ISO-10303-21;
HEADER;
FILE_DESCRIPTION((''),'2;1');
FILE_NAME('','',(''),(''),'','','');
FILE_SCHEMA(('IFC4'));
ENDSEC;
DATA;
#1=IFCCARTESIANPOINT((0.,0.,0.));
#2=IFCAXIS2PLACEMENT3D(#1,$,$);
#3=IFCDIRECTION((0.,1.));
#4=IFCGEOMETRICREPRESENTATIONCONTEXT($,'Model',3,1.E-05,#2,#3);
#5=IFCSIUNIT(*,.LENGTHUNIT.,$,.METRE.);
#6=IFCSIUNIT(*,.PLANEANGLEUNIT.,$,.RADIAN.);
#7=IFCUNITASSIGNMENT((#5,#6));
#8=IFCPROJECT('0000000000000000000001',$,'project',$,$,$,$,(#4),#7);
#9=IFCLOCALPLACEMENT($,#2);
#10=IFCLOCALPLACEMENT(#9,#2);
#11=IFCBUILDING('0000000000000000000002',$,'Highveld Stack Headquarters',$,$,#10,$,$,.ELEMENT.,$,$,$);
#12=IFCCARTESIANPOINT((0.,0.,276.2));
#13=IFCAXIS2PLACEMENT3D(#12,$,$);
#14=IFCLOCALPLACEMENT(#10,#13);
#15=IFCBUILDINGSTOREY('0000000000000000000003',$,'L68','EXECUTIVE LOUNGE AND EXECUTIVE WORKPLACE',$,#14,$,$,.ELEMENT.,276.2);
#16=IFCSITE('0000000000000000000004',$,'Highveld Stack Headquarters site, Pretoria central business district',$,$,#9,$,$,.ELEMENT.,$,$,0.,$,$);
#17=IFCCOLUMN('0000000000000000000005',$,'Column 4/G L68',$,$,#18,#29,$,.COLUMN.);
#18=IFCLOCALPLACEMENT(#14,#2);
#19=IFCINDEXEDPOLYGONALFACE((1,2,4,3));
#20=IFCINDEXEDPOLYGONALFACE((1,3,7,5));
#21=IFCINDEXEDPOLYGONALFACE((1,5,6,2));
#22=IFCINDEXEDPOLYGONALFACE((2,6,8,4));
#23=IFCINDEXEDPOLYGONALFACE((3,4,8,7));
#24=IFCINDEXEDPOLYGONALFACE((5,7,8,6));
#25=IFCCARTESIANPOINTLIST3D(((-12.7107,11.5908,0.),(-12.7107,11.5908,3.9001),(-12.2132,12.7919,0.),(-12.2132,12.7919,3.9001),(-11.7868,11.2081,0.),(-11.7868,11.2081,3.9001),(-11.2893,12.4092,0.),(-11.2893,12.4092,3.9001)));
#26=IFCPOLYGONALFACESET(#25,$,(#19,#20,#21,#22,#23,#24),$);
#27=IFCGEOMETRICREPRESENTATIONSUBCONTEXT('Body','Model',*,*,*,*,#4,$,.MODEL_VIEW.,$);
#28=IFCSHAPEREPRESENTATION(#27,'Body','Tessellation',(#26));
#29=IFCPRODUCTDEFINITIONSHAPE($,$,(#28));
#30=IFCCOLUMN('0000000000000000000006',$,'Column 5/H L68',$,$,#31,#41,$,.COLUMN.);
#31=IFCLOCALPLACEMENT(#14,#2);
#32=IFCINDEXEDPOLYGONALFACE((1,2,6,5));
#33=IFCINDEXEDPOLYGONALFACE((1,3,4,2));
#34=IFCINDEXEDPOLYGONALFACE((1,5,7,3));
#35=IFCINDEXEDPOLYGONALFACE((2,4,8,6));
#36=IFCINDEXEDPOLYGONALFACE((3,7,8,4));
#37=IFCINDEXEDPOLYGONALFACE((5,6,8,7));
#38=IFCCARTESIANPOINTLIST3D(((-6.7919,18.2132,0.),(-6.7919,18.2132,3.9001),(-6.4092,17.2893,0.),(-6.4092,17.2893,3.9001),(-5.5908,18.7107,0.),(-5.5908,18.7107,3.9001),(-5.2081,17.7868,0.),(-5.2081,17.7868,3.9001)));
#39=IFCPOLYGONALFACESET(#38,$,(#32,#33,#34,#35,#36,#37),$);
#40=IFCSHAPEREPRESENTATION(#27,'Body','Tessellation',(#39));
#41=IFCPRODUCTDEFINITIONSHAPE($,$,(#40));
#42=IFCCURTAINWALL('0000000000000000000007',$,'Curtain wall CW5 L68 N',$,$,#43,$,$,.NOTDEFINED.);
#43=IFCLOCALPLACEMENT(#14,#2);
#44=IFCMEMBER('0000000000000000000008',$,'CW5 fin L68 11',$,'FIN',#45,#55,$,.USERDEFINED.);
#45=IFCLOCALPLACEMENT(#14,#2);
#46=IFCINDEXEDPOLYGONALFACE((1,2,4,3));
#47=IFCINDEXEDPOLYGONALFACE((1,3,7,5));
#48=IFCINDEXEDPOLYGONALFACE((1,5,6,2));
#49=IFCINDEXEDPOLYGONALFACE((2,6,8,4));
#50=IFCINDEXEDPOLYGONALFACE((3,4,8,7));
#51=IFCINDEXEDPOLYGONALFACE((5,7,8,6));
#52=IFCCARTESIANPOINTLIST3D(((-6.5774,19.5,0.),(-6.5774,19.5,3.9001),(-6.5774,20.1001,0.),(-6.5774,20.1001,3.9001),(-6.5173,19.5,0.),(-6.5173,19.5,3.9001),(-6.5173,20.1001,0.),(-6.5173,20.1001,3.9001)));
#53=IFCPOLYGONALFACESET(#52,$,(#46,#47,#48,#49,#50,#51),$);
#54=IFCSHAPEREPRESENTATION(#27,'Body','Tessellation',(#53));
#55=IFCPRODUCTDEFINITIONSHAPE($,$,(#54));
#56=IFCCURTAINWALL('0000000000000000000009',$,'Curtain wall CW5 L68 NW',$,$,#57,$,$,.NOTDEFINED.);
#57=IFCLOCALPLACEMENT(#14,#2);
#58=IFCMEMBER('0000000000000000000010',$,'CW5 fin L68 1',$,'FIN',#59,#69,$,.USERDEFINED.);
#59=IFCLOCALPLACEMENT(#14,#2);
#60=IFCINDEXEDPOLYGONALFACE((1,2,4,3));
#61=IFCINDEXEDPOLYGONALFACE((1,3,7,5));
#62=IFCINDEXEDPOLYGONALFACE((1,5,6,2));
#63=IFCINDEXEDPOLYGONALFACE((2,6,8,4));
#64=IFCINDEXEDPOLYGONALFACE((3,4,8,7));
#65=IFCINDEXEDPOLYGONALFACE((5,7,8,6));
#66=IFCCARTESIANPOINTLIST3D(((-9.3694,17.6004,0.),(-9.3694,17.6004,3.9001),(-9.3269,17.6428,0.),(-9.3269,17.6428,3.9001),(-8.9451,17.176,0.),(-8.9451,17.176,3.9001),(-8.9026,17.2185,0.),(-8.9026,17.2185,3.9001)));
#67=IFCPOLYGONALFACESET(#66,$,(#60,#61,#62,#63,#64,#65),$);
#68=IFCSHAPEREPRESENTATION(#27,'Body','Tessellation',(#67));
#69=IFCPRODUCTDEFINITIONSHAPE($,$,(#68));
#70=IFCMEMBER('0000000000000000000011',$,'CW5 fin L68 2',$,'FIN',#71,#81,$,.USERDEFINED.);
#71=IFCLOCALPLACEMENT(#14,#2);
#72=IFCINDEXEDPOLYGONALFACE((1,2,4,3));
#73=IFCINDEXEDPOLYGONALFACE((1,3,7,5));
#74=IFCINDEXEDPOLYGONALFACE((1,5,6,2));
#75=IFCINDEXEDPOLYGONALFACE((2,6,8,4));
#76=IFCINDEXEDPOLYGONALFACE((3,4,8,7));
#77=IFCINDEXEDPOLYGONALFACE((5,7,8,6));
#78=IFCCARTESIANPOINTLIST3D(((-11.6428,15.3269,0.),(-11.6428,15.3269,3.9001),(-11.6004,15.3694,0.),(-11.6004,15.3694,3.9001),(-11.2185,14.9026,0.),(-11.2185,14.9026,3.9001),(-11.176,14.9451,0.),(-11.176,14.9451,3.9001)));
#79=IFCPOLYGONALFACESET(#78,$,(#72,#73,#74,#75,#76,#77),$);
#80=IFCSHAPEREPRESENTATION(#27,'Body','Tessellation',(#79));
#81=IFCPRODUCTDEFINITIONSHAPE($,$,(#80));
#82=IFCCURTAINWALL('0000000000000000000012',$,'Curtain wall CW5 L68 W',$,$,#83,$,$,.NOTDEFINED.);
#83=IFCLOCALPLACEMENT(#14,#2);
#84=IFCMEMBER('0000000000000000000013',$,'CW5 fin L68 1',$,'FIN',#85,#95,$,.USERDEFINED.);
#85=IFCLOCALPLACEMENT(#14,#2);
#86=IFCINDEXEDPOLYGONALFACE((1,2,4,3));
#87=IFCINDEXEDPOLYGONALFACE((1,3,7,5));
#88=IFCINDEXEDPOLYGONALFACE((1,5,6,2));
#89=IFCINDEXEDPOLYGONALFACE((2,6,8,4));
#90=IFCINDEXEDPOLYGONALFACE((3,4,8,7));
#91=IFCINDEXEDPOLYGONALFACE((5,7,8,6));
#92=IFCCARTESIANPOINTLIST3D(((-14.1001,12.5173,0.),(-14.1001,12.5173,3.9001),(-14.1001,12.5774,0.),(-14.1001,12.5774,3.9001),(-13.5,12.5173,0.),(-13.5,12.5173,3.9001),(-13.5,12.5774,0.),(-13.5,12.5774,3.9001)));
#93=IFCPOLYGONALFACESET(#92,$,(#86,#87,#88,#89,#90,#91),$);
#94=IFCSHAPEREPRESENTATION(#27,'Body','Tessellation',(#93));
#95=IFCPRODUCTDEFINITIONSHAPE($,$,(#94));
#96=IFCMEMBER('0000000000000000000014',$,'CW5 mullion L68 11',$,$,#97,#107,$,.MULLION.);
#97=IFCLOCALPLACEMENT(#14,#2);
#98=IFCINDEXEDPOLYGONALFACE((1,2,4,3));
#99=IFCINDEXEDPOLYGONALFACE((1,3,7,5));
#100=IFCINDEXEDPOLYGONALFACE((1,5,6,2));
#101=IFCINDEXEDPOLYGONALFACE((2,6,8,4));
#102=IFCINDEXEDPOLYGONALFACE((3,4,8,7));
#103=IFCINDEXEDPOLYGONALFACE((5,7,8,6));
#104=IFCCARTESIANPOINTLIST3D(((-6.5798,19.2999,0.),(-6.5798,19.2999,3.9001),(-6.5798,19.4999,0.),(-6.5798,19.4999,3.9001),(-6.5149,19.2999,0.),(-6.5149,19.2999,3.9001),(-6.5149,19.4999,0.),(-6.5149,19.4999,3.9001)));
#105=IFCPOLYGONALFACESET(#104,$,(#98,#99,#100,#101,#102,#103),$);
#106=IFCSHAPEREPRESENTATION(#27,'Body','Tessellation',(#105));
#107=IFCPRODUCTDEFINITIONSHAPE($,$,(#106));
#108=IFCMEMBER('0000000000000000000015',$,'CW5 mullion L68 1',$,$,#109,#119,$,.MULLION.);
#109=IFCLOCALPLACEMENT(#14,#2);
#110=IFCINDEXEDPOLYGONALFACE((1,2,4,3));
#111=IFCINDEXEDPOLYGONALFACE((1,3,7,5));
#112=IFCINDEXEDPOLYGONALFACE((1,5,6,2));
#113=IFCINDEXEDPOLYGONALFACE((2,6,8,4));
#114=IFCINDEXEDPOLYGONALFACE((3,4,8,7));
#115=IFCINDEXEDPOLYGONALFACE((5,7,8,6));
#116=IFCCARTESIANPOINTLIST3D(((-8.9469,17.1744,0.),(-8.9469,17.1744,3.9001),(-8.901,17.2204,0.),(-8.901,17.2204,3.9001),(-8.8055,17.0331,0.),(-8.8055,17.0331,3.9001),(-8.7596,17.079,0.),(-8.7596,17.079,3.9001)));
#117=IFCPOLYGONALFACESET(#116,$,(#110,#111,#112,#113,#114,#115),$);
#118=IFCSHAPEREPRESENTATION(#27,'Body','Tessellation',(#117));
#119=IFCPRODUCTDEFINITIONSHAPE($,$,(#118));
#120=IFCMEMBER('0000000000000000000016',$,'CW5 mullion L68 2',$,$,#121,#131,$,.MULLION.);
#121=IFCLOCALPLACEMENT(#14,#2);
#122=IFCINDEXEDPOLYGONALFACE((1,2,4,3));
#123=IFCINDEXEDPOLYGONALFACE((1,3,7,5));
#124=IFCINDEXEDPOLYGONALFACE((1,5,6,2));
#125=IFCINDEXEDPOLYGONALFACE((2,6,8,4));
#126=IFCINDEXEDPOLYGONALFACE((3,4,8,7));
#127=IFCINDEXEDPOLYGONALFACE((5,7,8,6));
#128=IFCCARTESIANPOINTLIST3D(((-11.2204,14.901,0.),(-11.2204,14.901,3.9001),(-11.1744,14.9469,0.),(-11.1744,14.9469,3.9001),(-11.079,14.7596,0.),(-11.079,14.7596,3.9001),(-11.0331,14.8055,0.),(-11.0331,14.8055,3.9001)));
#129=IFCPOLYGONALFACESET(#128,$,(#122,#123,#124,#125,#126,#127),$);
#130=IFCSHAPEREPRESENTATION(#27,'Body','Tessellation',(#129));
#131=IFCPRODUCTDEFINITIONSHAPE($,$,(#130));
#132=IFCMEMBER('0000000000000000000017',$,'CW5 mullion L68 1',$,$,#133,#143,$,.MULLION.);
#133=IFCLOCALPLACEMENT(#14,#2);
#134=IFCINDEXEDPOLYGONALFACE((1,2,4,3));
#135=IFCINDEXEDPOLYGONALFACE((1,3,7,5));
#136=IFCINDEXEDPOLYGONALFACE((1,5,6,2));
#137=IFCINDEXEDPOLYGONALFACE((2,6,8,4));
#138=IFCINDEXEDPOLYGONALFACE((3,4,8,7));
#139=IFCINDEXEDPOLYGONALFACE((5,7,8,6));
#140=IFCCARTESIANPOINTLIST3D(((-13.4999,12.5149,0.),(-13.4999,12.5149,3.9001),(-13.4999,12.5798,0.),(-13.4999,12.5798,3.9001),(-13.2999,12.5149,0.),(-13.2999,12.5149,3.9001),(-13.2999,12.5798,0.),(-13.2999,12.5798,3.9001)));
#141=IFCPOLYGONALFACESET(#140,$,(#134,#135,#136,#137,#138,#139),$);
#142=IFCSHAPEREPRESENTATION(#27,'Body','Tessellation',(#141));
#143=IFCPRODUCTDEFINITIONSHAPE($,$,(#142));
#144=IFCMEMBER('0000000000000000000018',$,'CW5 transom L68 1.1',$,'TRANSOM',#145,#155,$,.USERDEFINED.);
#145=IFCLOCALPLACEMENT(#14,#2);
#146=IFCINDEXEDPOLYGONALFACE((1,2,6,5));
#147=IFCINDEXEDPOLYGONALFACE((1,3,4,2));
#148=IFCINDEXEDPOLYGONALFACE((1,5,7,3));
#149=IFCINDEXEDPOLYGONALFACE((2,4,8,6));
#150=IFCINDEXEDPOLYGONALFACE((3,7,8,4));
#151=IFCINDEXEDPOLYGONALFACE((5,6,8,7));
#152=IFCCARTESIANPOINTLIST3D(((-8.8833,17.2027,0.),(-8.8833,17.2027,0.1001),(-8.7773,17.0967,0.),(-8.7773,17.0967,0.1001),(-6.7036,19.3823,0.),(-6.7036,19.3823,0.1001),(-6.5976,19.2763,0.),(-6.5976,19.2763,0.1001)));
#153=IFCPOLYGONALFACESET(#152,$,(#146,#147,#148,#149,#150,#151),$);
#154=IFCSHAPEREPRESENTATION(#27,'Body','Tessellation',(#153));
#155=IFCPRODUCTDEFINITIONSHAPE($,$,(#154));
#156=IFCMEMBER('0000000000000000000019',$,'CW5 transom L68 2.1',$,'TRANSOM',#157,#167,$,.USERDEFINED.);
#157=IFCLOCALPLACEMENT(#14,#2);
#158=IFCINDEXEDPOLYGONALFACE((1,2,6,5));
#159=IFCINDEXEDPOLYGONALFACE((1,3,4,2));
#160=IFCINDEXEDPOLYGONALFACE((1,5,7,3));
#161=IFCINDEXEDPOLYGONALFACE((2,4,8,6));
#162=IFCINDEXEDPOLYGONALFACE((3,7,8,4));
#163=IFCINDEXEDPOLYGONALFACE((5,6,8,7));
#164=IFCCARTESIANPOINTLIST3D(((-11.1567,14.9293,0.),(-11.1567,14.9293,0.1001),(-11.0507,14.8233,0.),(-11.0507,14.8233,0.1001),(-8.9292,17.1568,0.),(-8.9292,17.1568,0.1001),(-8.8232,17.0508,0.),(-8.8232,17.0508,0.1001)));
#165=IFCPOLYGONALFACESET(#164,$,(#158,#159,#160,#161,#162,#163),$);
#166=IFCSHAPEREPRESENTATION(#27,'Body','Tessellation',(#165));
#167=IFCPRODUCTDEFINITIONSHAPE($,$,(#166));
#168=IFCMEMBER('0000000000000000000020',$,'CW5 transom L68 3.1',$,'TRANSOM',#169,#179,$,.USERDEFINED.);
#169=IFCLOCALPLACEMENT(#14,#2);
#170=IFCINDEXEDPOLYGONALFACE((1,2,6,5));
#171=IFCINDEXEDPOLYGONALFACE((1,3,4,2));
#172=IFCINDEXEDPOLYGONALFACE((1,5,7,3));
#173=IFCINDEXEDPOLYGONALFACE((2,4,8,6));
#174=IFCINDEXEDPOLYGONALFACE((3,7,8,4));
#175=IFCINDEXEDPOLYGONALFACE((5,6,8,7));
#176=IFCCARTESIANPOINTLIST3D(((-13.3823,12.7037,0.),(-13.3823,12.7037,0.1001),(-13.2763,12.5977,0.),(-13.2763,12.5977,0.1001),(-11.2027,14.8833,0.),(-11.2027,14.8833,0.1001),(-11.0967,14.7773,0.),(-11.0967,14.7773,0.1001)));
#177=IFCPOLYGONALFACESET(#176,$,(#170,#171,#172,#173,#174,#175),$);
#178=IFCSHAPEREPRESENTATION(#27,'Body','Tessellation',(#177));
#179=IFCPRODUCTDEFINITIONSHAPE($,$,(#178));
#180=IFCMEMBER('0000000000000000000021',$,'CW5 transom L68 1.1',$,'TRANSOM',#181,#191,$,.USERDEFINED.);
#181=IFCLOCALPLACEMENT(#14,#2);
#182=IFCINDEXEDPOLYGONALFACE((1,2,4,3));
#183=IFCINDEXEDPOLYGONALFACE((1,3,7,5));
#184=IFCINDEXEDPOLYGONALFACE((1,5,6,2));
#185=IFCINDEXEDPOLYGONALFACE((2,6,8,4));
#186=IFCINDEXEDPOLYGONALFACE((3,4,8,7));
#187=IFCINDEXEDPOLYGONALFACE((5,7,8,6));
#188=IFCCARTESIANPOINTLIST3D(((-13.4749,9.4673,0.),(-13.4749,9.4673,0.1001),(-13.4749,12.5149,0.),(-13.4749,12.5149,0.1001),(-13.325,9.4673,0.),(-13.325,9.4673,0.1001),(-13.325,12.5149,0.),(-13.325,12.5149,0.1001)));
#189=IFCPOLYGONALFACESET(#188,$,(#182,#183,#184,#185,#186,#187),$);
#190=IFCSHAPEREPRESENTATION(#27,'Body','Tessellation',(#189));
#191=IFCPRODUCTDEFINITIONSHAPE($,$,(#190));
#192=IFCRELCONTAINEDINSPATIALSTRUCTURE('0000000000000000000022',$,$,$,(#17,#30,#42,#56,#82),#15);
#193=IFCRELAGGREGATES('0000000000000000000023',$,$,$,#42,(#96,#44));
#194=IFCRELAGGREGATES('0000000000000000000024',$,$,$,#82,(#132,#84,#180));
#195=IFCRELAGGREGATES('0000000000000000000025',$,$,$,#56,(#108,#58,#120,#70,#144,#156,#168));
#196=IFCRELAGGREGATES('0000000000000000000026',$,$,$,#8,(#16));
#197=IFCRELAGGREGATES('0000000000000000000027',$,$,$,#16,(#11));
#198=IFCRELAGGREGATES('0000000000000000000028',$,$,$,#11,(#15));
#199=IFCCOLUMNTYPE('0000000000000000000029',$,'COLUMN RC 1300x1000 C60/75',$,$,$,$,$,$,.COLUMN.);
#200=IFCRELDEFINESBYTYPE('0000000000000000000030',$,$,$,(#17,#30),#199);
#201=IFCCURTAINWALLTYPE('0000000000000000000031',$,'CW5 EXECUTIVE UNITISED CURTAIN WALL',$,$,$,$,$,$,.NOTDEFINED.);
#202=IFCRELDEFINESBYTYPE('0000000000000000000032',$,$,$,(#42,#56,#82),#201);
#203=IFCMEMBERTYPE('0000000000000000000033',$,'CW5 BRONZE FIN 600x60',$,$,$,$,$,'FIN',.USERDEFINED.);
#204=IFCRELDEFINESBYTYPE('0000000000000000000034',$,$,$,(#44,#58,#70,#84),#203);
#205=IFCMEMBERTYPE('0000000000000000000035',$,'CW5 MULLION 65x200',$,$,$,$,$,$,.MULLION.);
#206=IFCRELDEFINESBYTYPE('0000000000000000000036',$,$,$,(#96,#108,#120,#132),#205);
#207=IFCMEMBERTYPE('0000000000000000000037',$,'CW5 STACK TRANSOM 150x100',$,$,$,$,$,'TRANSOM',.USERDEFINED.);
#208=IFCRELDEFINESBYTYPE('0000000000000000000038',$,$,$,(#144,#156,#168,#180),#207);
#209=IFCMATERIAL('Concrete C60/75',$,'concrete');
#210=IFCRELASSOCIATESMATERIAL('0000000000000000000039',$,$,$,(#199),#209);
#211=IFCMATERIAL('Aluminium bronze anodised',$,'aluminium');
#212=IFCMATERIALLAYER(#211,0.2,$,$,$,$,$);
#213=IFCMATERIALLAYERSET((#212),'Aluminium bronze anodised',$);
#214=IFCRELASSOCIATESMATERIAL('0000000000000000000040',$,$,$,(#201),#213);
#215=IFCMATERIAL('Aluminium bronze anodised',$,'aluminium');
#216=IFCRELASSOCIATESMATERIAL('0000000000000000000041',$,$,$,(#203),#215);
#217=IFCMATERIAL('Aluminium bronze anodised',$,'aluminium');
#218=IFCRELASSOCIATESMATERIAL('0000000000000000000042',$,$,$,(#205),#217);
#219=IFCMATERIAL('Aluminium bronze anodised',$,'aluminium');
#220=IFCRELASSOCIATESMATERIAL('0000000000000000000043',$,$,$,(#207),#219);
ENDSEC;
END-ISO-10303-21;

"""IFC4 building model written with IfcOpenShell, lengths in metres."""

from ifc_helpers import new_model, si_unit, direction, frame, origin, origin_2d, place, context, subcontext, project, spatial, rectangle, extrude, material, layer, layer_set, material_profile, profile_set, type_object, element, aggregate, save


model = new_model("IFC4")

# Units and contexts
model_context = context("Model", 3, precision=1e-05, world=origin(), true_north=direction((0.0, 1.0)))
body_context = subcontext(model_context, "Body", "Model", "MODEL_VIEW")
ifc_project = project(units=[si_unit("LENGTHUNIT", "METRE"), si_unit("PLANEANGLEUNIT", "RADIAN")], contexts=[model_context])

# Site, building, storey
site_placement = place(None, origin())
site = spatial("IfcSite", under=ifc_project, at=site_placement, Name="Highveld Stack Headquarters site, Pretoria central business district", CompositionType="ELEMENT", RefElevation=0.0)
building_placement = place(site_placement, origin())
building = spatial("IfcBuilding", under=site, at=building_placement, Name="Highveld Stack Headquarters", CompositionType="ELEMENT")
storey_placement = place(building_placement, frame((0.0, 0.0, 276.2)))
storey = spatial("IfcBuildingStorey", under=building, at=storey_placement, Name="L68", Description="EXECUTIVE LOUNGE AND EXECUTIVE WORKPLACE", CompositionType="ELEMENT", Elevation=276.2)

# Columns
ifc_material_1 = material(Name="Concrete C60/75", Category="concrete")
ifc_material_profile_1 = material_profile(ifc_material_1, rectangle(XDim=1.3, YDim=1.0, at=origin_2d()), Name="RC 1300x1000")
ifc_profile_set_1 = profile_set([ifc_material_profile_1], Name="Concrete C60/75")
column_type = type_object("IfcColumnType", Name="COLUMN RC 1300x1000 C60/75", PredefinedType="COLUMN", material=ifc_profile_set_1)
for number, where, z_axis, x_axis, name in (
    (1, (-12.0, 12.0, 0.0), (0.0, 0.0, 1.0), (0.382683, 0.92388, 0.0), "Column 4/G L68"),
    (2, (-6.0, 18.0, 0.0), (0.0, 0.0, 1.0), (0.92388, 0.382683, 0.0), "Column 5/H L68"),
):
    element("IfcColumn", number, at=place(storey_placement, frame(where, z_axis=z_axis, x_axis=x_axis)), inside=storey, type_object=column_type, Name=name, PredefinedType="COLUMN", context=body_context, shape_type="SweptSolid", body=[
        extrude(rectangle(XDim=1.3, YDim=1.0, at=origin_2d()), origin(), (0.0, 0.0, 1.0), 3.9001),
    ])

# Curtain wall, member
ifc_material_2 = material(Name="Aluminium bronze anodised", Category="aluminium")
ifc_layer_1 = layer(ifc_material_2, 0.2)
ifc_layer_set_1 = layer_set([ifc_layer_1], Name="Aluminium bronze anodised")
curtain_wall_type = type_object("IfcCurtainWallType", Name="CW5 EXECUTIVE UNITISED CURTAIN WALL", PredefinedType="NOTDEFINED", material=ifc_layer_set_1)
curtain_wall_1_placement = place(storey_placement, origin())
curtain_wall_1 = element("IfcCurtainWall", 3, at=curtain_wall_1_placement, inside=storey, type_object=curtain_wall_type, Name="Curtain wall CW5 L68 N", PredefinedType="NOTDEFINED")
ifc_material_3 = material(Name="Aluminium bronze anodised", Category="aluminium")
ifc_material_profile_2 = material_profile(ifc_material_3, rectangle(XDim=0.6001, YDim=0.0601, at=origin_2d()), Name="FIN 600x60")
ifc_profile_set_2 = profile_set([ifc_material_profile_2], Name="Aluminium bronze anodised")
member_type_1 = type_object("IfcMemberType", Name="CW5 BRONZE FIN 600x60", ElementType="FIN", PredefinedType="USERDEFINED", material=ifc_profile_set_2)
member_1_placement = place(storey_placement, frame((-6.5474, 19.8, 0.0), z_axis=(0.0, 0.0, 1.0), x_axis=(0.0, -1.0, 0.0)))
member_1 = element("IfcMember", 4, at=member_1_placement, type_object=member_type_1, Name="CW5 fin L68 11", ObjectType="FIN", PredefinedType="USERDEFINED", context=body_context, shape_type="SweptSolid", body=[
    extrude(rectangle(XDim=0.6001, YDim=0.0601, at=origin_2d()), origin(), (0.0, 0.0, 1.0), 3.9001),
])

# Curtain wall, members
curtain_wall_2_placement = place(storey_placement, origin())
curtain_wall_2 = element("IfcCurtainWall", 5, at=curtain_wall_2_placement, inside=storey, type_object=curtain_wall_type, Name="Curtain wall CW5 L68 NW", PredefinedType="NOTDEFINED")
member_2_placement = place(storey_placement, frame((-9.136, 17.4094, 0.0), z_axis=(0.0, 0.0, 1.0), x_axis=(0.707107, -0.707107, 0.0)))
member_2 = element("IfcMember", 6, at=member_2_placement, type_object=member_type_1, Name="CW5 fin L68 1", ObjectType="FIN", PredefinedType="USERDEFINED", context=body_context, shape_type="SweptSolid", body=[
    extrude(rectangle(XDim=0.6001, YDim=0.0601, at=origin_2d()), origin(), (0.0, 0.0, 1.0), 3.9001),
])
member_3_placement = place(storey_placement, frame((-11.4094, 15.136, 0.0), z_axis=(0.0, 0.0, 1.0), x_axis=(0.707107, -0.707107, 0.0)))
member_3 = element("IfcMember", 7, at=member_3_placement, type_object=member_type_1, Name="CW5 fin L68 2", ObjectType="FIN", PredefinedType="USERDEFINED", context=body_context, shape_type="SweptSolid", body=[
    extrude(rectangle(XDim=0.6001, YDim=0.0601, at=origin_2d()), origin(), (0.0, 0.0, 1.0), 3.9001),
])

# Curtain wall, member
curtain_wall_3_placement = place(storey_placement, origin())
curtain_wall_3 = element("IfcCurtainWall", 8, at=curtain_wall_3_placement, inside=storey, type_object=curtain_wall_type, Name="Curtain wall CW5 L68 W", PredefinedType="NOTDEFINED")
member_4_placement = place(storey_placement, frame((-13.8, 12.5474, 0.0), z_axis=(0.0, 0.0, 1.0), x_axis=(1.0, 0.0, 0.0)))
member_4 = element("IfcMember", 9, at=member_4_placement, type_object=member_type_1, Name="CW5 fin L68 1", ObjectType="FIN", PredefinedType="USERDEFINED", context=body_context, shape_type="SweptSolid", body=[
    extrude(rectangle(XDim=0.6001, YDim=0.0601, at=origin_2d()), origin(), (0.0, 0.0, 1.0), 3.9001),
])

# Members
ifc_material_4 = material(Name="Aluminium bronze anodised", Category="aluminium")
ifc_material_profile_3 = material_profile(ifc_material_4, rectangle(XDim=0.2, YDim=0.0649, at=origin_2d()), Name="CW5 MULLION 65x200")
ifc_profile_set_3 = profile_set([ifc_material_profile_3], Name="Aluminium bronze anodised")
member_type_2 = type_object("IfcMemberType", Name="CW5 MULLION 65x200", PredefinedType="MULLION", material=ifc_profile_set_3)
member_5_placement = place(storey_placement, frame((-6.5474, 19.3999, 0.0), z_axis=(0.0, 0.0, 1.0), x_axis=(0.0, -1.0, 0.0)))
member_5 = element("IfcMember", 10, at=member_5_placement, type_object=member_type_2, Name="CW5 mullion L68 11", PredefinedType="MULLION", context=body_context, shape_type="SweptSolid", body=[
    extrude(rectangle(XDim=0.2, YDim=0.0649, at=origin_2d()), origin(), (0.0, 0.0, 1.0), 3.9001),
])
aggregate(curtain_wall_1, [member_5, member_1])
member_6_placement = place(storey_placement, frame((-8.8533, 17.1267, 0.0), z_axis=(0.0, 0.0, 1.0), x_axis=(0.707107, -0.707107, 0.0)))
member_6 = element("IfcMember", 11, at=member_6_placement, type_object=member_type_2, Name="CW5 mullion L68 1", PredefinedType="MULLION", context=body_context, shape_type="SweptSolid", body=[
    extrude(rectangle(XDim=0.2, YDim=0.0649, at=origin_2d()), origin(), (0.0, 0.0, 1.0), 3.9001),
])
member_7_placement = place(storey_placement, frame((-11.1267, 14.8533, 0.0), z_axis=(0.0, 0.0, 1.0), x_axis=(0.707107, -0.707107, 0.0)))
member_7 = element("IfcMember", 12, at=member_7_placement, type_object=member_type_2, Name="CW5 mullion L68 2", PredefinedType="MULLION", context=body_context, shape_type="SweptSolid", body=[
    extrude(rectangle(XDim=0.2, YDim=0.0649, at=origin_2d()), origin(), (0.0, 0.0, 1.0), 3.9001),
])
member_8_placement = place(storey_placement, frame((-13.3999, 12.5474, 0.0), z_axis=(0.0, 0.0, 1.0), x_axis=(1.0, 0.0, 0.0)))
member_8 = element("IfcMember", 13, at=member_8_placement, type_object=member_type_2, Name="CW5 mullion L68 1", PredefinedType="MULLION", context=body_context, shape_type="SweptSolid", body=[
    extrude(rectangle(XDim=0.2, YDim=0.0649, at=origin_2d()), origin(), (0.0, 0.0, 1.0), 3.9001),
])
ifc_material_5 = material(Name="Aluminium bronze anodised", Category="aluminium")
ifc_material_profile_4 = material_profile(ifc_material_5, rectangle(XDim=0.1499, YDim=0.1001, at=origin_2d()), Name="CW5 TRANSOM 150x100")
ifc_profile_set_4 = profile_set([ifc_material_profile_4], Name="Aluminium bronze anodised")
member_type_3 = type_object("IfcMemberType", Name="CW5 STACK TRANSOM 150x100", ElementType="TRANSOM", PredefinedType="USERDEFINED", material=ifc_profile_set_4)
member_9_placement = place(storey_placement, frame((-6.6506, 19.3293, 0.05), z_axis=(-0.707107, -0.707107, 0.0), x_axis=(0.707107, -0.707107, 0.0)))
member_9 = element("IfcMember", 14, at=member_9_placement, type_object=member_type_3, Name="CW5 transom L68 1.1", ObjectType="TRANSOM", PredefinedType="USERDEFINED", context=body_context, shape_type="SweptSolid", body=[
    extrude(rectangle(XDim=0.1499, YDim=0.1001, at=origin_2d()), origin(), (0.0, 0.0, 1.0), 3.0825),
])
member_10_placement = place(storey_placement, frame((-8.8762, 17.1038, 0.05), z_axis=(-0.707107, -0.707107, 0.0), x_axis=(0.707107, -0.707107, 0.0)))
member_10 = element("IfcMember", 15, at=member_10_placement, type_object=member_type_3, Name="CW5 transom L68 2.1", ObjectType="TRANSOM", PredefinedType="USERDEFINED", context=body_context, shape_type="SweptSolid", body=[
    extrude(rectangle(XDim=0.1499, YDim=0.1001, at=origin_2d()), origin(), (0.0, 0.0, 1.0), 3.1501),
])
member_11_placement = place(storey_placement, frame((-11.1497, 14.8303, 0.05), z_axis=(-0.707107, -0.707107, 0.0), x_axis=(0.707107, -0.707107, 0.0)))
member_11 = element("IfcMember", 16, at=member_11_placement, type_object=member_type_3, Name="CW5 transom L68 3.1", ObjectType="TRANSOM", PredefinedType="USERDEFINED", context=body_context, shape_type="SweptSolid", body=[
    extrude(rectangle(XDim=0.1499, YDim=0.1001, at=origin_2d()), origin(), (0.0, 0.0, 1.0), 3.0825),
])
member_12_placement = place(storey_placement, frame((-13.3999, 12.5149, 0.05), z_axis=(0.0, -1.0, 0.0), x_axis=(1.0, 0.0, 0.0)))
member_12 = element("IfcMember", 17, at=member_12_placement, type_object=member_type_3, Name="CW5 transom L68 1.1", ObjectType="TRANSOM", PredefinedType="USERDEFINED", context=body_context, shape_type="SweptSolid", body=[
    extrude(rectangle(XDim=0.1499, YDim=0.1001, at=origin_2d()), origin(), (0.0, 0.0, 1.0), 3.0476),
])
aggregate(curtain_wall_3, [member_8, member_4, member_12])

aggregate(curtain_wall_2, [member_6, member_2, member_7, member_3, member_9, member_10, member_11])

save(model, "model.ifc")
